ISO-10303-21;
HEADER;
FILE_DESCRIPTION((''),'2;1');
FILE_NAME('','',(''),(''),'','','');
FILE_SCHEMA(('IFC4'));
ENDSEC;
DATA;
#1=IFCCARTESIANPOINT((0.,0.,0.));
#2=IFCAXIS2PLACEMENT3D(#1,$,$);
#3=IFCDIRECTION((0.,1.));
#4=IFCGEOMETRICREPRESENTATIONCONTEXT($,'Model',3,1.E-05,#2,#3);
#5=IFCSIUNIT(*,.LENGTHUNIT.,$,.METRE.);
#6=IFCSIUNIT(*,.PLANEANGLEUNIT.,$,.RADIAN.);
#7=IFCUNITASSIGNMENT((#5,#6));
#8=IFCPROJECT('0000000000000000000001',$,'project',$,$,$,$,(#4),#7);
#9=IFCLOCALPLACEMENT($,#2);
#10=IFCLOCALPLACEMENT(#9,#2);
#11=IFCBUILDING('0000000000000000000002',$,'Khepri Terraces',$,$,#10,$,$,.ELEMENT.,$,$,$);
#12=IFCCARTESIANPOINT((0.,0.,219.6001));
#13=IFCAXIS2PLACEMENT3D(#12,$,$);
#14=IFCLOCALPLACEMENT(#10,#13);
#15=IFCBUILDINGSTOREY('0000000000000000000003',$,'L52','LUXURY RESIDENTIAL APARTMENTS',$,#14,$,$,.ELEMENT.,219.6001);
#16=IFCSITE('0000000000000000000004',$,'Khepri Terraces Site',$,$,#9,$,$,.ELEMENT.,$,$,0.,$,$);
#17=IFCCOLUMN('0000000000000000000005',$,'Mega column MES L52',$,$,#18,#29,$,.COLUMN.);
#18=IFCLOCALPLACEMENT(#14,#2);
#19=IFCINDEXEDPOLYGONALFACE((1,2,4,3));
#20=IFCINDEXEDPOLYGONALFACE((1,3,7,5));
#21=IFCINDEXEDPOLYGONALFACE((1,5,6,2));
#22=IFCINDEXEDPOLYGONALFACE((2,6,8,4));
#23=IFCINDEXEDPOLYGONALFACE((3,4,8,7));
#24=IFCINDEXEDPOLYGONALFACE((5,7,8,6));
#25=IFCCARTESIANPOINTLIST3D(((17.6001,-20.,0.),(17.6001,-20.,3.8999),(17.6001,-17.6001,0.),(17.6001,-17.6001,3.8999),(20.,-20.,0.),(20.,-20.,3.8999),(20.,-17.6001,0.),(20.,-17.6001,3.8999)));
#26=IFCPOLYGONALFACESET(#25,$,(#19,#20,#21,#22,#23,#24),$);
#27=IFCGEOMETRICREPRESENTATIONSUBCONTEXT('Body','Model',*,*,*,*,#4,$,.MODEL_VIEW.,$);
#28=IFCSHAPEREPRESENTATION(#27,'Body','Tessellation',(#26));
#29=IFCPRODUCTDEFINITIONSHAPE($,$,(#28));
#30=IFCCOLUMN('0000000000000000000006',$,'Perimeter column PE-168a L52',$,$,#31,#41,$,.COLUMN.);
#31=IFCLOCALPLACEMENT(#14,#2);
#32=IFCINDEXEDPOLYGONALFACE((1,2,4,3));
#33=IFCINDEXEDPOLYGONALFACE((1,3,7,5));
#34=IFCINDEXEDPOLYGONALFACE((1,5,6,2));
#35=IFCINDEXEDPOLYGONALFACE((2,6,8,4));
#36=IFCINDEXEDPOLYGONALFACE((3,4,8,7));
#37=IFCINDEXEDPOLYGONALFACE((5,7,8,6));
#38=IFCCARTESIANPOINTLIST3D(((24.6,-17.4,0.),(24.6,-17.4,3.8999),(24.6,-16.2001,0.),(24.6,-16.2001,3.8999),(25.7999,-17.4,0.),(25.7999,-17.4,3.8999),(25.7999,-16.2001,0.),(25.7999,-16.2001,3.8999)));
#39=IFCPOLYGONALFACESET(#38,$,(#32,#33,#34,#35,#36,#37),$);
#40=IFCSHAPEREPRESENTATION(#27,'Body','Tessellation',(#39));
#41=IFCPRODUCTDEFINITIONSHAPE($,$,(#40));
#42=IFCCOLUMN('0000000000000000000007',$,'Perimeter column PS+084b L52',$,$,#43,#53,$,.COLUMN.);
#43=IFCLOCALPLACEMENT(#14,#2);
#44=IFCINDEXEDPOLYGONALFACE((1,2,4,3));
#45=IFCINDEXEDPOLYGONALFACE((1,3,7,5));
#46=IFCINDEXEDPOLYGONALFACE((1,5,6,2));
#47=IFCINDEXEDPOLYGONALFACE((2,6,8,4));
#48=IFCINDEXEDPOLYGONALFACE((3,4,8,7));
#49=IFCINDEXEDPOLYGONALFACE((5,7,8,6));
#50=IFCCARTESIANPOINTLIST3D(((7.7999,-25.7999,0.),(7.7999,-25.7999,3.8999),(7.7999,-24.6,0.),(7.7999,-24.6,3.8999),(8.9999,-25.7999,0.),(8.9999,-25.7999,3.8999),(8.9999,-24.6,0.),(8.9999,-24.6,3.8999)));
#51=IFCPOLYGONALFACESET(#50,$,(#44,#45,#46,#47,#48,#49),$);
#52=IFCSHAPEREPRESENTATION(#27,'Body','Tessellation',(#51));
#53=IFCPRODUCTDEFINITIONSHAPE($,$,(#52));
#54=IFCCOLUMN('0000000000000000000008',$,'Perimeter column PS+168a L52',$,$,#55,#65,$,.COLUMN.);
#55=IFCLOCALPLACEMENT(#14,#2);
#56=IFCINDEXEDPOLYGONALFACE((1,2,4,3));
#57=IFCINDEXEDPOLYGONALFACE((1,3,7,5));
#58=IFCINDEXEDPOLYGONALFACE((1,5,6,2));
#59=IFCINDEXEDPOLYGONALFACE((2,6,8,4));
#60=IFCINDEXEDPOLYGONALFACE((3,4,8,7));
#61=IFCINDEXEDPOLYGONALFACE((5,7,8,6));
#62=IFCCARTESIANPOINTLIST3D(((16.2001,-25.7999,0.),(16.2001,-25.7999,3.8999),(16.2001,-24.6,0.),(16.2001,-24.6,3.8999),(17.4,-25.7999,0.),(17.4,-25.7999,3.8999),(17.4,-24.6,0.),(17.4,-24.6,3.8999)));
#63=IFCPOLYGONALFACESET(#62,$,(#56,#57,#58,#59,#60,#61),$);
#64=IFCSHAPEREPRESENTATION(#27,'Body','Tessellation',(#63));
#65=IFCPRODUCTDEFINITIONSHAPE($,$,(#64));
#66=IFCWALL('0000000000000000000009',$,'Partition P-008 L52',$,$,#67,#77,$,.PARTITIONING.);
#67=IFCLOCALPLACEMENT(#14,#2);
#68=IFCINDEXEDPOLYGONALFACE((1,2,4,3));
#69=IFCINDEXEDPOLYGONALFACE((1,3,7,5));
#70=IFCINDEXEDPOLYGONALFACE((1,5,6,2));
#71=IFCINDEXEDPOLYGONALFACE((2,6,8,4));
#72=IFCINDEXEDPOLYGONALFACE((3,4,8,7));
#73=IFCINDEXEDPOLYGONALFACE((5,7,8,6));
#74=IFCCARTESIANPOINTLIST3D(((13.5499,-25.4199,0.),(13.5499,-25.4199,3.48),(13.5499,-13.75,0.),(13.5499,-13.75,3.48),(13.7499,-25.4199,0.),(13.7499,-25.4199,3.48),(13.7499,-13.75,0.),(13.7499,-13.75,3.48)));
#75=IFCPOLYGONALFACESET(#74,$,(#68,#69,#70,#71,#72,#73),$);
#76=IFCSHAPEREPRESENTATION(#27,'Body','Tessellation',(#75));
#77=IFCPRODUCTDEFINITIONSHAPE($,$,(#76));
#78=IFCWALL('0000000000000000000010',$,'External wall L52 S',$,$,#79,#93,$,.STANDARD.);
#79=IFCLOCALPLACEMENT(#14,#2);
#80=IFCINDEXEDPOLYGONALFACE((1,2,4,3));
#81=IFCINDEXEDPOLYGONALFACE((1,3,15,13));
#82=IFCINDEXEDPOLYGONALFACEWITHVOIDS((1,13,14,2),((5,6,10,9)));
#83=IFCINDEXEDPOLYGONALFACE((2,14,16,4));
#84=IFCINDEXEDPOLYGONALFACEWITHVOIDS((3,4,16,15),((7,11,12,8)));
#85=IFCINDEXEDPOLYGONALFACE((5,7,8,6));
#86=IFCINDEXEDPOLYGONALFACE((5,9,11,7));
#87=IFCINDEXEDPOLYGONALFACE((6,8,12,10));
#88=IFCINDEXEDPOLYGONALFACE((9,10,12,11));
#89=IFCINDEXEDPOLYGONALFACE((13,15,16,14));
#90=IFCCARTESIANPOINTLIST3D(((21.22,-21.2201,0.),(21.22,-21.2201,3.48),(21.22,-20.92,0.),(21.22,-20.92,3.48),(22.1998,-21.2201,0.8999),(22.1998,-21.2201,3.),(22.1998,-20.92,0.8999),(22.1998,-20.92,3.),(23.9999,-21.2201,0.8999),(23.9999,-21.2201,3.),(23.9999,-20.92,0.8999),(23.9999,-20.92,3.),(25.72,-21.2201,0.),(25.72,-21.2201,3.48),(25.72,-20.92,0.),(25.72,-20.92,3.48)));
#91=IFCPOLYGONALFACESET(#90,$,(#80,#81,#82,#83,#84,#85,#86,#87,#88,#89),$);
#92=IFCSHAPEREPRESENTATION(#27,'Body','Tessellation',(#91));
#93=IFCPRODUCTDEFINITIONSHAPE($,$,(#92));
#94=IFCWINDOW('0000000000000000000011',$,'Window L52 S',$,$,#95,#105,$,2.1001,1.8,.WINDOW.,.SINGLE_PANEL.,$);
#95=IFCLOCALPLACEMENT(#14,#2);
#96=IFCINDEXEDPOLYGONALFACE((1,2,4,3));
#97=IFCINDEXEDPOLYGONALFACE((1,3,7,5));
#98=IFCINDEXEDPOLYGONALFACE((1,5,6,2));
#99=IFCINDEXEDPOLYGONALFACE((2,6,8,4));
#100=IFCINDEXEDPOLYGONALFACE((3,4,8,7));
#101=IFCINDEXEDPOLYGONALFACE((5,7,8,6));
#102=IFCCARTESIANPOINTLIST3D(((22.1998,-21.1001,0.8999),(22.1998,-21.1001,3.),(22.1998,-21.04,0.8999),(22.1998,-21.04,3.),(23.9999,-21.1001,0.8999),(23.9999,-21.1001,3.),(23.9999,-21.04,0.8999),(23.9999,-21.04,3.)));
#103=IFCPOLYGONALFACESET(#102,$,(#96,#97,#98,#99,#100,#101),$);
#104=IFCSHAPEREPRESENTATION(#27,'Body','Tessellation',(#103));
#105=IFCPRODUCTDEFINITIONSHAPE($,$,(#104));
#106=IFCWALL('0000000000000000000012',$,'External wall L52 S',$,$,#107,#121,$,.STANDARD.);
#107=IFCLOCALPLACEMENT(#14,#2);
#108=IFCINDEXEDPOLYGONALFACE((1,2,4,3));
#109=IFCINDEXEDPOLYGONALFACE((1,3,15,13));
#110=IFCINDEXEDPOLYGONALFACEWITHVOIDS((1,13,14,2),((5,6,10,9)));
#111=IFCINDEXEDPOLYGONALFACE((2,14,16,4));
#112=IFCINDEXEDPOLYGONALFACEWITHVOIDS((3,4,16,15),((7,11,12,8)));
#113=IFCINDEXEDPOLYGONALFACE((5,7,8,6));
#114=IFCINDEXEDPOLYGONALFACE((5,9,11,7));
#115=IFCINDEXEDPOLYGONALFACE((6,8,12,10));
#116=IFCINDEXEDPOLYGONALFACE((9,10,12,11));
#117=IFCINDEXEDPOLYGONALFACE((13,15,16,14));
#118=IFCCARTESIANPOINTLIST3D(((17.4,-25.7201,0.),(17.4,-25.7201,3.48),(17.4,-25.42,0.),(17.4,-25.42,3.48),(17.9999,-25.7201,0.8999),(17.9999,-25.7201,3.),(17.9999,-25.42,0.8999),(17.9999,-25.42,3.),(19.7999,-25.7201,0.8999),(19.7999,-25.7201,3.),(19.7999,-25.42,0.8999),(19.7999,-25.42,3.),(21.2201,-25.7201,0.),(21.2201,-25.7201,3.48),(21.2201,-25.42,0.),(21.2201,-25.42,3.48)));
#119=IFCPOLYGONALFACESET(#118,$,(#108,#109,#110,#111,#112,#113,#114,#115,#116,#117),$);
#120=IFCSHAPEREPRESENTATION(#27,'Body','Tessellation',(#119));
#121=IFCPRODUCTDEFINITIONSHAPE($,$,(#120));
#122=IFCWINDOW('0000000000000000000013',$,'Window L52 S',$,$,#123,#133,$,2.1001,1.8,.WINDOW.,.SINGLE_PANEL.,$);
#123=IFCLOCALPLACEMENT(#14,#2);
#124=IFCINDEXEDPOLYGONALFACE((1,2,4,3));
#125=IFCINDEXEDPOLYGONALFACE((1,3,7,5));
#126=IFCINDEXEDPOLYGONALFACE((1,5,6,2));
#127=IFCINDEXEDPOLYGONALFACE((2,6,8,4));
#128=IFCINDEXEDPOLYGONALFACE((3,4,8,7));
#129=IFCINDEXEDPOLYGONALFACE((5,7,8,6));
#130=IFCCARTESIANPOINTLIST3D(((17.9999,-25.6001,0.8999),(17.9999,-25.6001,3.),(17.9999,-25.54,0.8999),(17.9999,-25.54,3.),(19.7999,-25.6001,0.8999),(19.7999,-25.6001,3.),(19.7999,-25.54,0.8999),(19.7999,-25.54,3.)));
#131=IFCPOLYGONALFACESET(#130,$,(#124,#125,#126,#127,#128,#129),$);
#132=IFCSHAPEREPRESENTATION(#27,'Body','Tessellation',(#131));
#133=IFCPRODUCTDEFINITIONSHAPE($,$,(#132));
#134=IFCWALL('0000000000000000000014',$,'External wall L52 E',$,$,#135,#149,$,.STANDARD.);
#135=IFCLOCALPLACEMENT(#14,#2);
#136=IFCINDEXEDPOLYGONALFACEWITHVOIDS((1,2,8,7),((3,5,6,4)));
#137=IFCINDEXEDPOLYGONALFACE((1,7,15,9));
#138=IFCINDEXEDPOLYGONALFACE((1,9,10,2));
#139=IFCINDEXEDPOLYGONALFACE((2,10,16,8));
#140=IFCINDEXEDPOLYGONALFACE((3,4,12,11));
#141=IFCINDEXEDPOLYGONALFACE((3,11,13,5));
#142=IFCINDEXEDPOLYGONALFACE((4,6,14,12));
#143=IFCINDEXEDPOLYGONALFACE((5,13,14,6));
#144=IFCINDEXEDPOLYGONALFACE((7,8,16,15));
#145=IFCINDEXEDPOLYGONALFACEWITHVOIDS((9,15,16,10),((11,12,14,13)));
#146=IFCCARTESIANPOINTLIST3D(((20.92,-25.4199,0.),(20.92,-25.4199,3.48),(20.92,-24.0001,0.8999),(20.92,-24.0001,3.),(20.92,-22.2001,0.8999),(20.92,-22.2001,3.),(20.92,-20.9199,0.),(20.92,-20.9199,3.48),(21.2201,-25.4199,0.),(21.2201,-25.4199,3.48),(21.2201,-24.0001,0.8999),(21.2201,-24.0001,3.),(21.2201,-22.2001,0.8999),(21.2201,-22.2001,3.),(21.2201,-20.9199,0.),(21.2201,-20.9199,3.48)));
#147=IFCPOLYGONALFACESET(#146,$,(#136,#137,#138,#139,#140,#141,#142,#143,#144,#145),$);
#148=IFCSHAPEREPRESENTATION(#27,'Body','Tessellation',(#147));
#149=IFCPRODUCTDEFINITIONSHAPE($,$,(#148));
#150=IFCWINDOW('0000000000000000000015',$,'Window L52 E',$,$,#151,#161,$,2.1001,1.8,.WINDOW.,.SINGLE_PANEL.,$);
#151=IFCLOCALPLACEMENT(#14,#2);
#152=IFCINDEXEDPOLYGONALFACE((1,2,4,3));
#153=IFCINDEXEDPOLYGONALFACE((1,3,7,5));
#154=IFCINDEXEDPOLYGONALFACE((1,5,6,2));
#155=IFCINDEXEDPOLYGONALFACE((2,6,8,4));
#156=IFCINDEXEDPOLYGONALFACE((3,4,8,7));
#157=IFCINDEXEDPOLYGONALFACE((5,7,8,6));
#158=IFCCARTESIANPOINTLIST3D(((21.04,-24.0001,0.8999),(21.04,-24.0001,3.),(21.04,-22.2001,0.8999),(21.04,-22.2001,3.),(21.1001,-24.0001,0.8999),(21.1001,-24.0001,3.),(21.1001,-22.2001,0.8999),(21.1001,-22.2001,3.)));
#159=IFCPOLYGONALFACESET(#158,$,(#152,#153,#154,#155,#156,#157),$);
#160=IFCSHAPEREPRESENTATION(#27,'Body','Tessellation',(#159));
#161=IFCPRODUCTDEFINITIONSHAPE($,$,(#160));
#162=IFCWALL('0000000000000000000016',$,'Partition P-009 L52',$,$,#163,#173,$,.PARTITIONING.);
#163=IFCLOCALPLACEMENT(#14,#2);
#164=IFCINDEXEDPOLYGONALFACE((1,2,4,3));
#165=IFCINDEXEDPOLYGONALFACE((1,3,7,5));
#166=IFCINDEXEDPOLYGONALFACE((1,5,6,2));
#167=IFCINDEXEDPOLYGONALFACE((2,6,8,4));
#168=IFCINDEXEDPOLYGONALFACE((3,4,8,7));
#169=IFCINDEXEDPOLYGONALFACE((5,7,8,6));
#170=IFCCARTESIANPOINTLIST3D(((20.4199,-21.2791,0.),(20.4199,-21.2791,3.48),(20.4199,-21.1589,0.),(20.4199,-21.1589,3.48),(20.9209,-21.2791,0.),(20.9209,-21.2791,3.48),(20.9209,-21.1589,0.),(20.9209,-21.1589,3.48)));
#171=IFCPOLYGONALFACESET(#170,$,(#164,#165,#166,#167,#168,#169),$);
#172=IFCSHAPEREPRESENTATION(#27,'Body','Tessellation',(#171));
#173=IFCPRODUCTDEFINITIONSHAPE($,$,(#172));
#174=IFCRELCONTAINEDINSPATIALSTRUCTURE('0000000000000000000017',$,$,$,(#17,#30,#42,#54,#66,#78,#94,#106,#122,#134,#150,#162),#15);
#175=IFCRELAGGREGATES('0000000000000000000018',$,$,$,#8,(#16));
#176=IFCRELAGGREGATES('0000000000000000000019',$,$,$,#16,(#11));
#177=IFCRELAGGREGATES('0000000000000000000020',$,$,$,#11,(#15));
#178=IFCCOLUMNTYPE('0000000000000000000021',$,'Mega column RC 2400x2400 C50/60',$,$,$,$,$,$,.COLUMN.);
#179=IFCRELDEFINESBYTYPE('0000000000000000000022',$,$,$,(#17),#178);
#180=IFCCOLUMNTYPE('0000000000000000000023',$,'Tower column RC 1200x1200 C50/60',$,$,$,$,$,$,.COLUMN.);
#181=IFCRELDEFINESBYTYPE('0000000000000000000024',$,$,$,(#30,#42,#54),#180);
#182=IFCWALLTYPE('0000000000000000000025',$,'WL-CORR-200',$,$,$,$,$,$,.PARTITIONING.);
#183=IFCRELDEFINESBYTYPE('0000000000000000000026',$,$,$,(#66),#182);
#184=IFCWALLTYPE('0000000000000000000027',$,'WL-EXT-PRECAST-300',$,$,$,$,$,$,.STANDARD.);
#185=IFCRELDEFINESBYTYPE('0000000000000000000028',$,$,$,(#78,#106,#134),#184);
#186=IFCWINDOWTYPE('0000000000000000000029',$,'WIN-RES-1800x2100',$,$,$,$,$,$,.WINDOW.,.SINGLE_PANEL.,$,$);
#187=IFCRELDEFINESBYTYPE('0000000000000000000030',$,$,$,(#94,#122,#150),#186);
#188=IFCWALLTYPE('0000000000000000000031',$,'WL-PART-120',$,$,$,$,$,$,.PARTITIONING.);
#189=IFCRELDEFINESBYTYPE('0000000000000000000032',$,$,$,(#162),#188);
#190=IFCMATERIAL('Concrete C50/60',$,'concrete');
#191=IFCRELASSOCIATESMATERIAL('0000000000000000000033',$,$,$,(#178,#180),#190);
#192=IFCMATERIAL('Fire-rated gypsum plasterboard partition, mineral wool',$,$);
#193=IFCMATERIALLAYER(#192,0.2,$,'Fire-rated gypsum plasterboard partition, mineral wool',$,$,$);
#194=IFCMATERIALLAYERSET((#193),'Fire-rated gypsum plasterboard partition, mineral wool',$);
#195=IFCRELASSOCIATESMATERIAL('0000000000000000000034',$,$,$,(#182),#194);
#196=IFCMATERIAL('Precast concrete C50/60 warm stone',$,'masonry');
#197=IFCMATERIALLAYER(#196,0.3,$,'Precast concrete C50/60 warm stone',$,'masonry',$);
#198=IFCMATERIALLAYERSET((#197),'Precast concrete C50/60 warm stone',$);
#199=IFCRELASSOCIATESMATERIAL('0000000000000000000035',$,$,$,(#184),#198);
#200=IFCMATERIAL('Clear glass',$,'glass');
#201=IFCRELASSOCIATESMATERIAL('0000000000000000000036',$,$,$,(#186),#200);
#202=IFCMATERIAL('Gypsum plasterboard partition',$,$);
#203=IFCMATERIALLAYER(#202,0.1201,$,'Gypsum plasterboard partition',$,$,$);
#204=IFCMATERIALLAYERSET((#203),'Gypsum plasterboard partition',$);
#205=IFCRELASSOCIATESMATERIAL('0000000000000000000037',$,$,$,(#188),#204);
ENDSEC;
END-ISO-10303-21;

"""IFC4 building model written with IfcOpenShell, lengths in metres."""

from ifc_helpers import new_model, si_unit, direction, frame, frame_2d, origin, origin_2d, place, context, subcontext, project, spatial, rectangle, extrude, material, layer, layer_set, material_profile, profile_set, type_object, element, fill, save


model = new_model("IFC4")

# Units and contexts
model_context = context("Model", 3, precision=1e-05, world=origin(), true_north=direction((0.0, 1.0)))
body_context = subcontext(model_context, "Body", "Model", "MODEL_VIEW")
ifc_project = project(units=[si_unit("LENGTHUNIT", "METRE"), si_unit("PLANEANGLEUNIT", "RADIAN")], contexts=[model_context])

# Site, building, storey
site_placement = place(None, origin())
site = spatial("IfcSite", under=ifc_project, at=site_placement, Name="Khepri Terraces Site", CompositionType="ELEMENT", RefElevation=0.0)
building_placement = place(site_placement, origin())
building = spatial("IfcBuilding", under=site, at=building_placement, Name="Khepri Terraces", CompositionType="ELEMENT")
storey_placement = place(building_placement, frame((0.0, 0.0, 219.6001)))
storey = spatial("IfcBuildingStorey", under=building, at=storey_placement, Name="L52", Description="LUXURY RESIDENTIAL APARTMENTS", CompositionType="ELEMENT", Elevation=219.6001)

# Columns
ifc_material_1 = material(Name="Concrete C50/60", Category="concrete")
ifc_material_profile_1 = material_profile(ifc_material_1, rectangle(XDim=2.3999, YDim=2.3999, at=origin_2d()), Name="Concrete C50/60", Category="concrete")
ifc_profile_set_1 = profile_set([ifc_material_profile_1], Name="Concrete C50/60")
column_type_1 = type_object("IfcColumnType", Name="Mega column RC 2400x2400 C50/60", PredefinedType="COLUMN", material=ifc_profile_set_1)
column_placement = place(storey_placement, frame((18.8, -18.8, 0.0), z_axis=(0.0, 0.0, 1.0), x_axis=(1.0, 0.0, 0.0)))
element("IfcColumn", 1, at=column_placement, inside=storey, type_object=column_type_1, Name="Mega column MES L52", PredefinedType="COLUMN", context=body_context, shape_type="SweptSolid", body=[
    extrude(rectangle(XDim=2.3999, YDim=2.3999, at=origin_2d()), origin(), (0.0, 0.0, 1.0), 3.8999),
])
ifc_material_profile_2 = material_profile(ifc_material_1, rectangle(XDim=1.2, YDim=1.2, at=origin_2d()), Name="Concrete C50/60", Category="concrete")
ifc_profile_set_2 = profile_set([ifc_material_profile_2], Name="Concrete C50/60")
column_type_2 = type_object("IfcColumnType", Name="Tower column RC 1200x1200 C50/60", PredefinedType="COLUMN", material=ifc_profile_set_2)
for number, where, z_axis, x_axis, name in (
    (2, (25.2, -16.8, 0.0), (0.0, 0.0, 1.0), (1.0, 0.0, 0.0), "Perimeter column PE-168a L52"),
    (3, (8.3999, -25.2, 0.0), (0.0, 0.0, 1.0), (1.0, 0.0, 0.0), "Perimeter column PS+084b L52"),
    (4, (16.8, -25.2, 0.0), (0.0, 0.0, 1.0), (1.0, 0.0, 0.0), "Perimeter column PS+168a L52"),
):
    element("IfcColumn", number, at=place(storey_placement, frame(where, z_axis=z_axis, x_axis=x_axis)), inside=storey, type_object=column_type_2, Name=name, PredefinedType="COLUMN", context=body_context, shape_type="SweptSolid", body=[
        extrude(rectangle(XDim=1.2, YDim=1.2, at=origin_2d()), origin(), (0.0, 0.0, 1.0), 3.8999),
    ])

# Wall
ifc_material_2 = material(Name="Fire-rated gypsum plasterboard partition, mineral wool")
ifc_layer_1 = layer(ifc_material_2, 0.2, Name="Fire-rated gypsum plasterboard partition, mineral wool")
ifc_layer_set_1 = layer_set([ifc_layer_1], Name="Fire-rated gypsum plasterboard partition, mineral wool")
wall_type_1 = type_object("IfcWallType", Name="WL-CORR-200", PredefinedType="PARTITIONING", material=ifc_layer_set_1)
wall_1_placement = place(storey_placement, frame((13.6499, -25.4199, 0.0), z_axis=(0.0, 0.0, 1.0), x_axis=(0.0, 1.0, 0.0)))
element("IfcWall", 5, at=wall_1_placement, inside=storey, type_object=wall_type_1, Name="Partition P-008 L52", PredefinedType="PARTITIONING", context=body_context, shape_type="SweptSolid", body=[
    extrude(rectangle(XDim=11.6699, YDim=0.2, at=frame_2d((5.835, 0.0))), origin(), (0.0, 0.0, 1.0), 3.48),
])

# Wall, opening, window
ifc_material_3 = material(Name="Precast concrete C50/60 warm stone", Category="masonry")
ifc_layer_2 = layer(ifc_material_3, 0.3, Name="Precast concrete C50/60 warm stone", Category="masonry")
ifc_layer_set_2 = layer_set([ifc_layer_2], Name="Precast concrete C50/60 warm stone")
wall_type_2 = type_object("IfcWallType", Name="WL-EXT-PRECAST-300", PredefinedType="STANDARD", material=ifc_layer_set_2)
wall_2_placement = place(storey_placement, frame((21.22, -21.0701, 0.0), z_axis=(0.0, 0.0, 1.0), x_axis=(1.0, 0.0, 0.0)))
wall_2 = element("IfcWall", 6, at=wall_2_placement, inside=storey, type_object=wall_type_2, Name="External wall L52 S", PredefinedType="STANDARD", context=body_context, shape_type="SweptSolid", body=[
    extrude(rectangle(XDim=4.5, YDim=0.3, at=frame_2d((2.25, 0.0))), origin(), (0.0, 0.0, 1.0), 3.48),
])
opening_1_placement = place(wall_2_placement, frame((0.98, 0.0, 0.8999)))
opening_1 = element("IfcOpeningElement", 7, at=opening_1_placement, cuts=wall_2, PredefinedType="OPENING", context=body_context, shape_type="SweptSolid", body=[
    extrude(rectangle(XDim=1.8, YDim=2.1001, at=frame_2d((0.8999, 1.05))), frame((0.0, 0.1602, 0.0), z_axis=(0.0, -1.0, 0.0), x_axis=(1.0, 0.0, 0.0)), (0.0, 0.0, 1.0), 0.3201),
])
ifc_material_4 = material(Name="Clear glass", Category="glass")
window_type = type_object("IfcWindowType", Name="WIN-RES-1800x2100", PartitioningType="SINGLE_PANEL", PredefinedType="WINDOW", material=ifc_material_4)
window_1_placement = place(opening_1_placement, origin())
window_1 = element("IfcWindow", 8, at=window_1_placement, inside=storey, type_object=window_type, Name="Window L52 S", OverallHeight=2.1001, OverallWidth=1.8, PartitioningType="SINGLE_PANEL", PredefinedType="WINDOW", context=body_context, shape_type="SweptSolid", body=[
    extrude(rectangle(XDim=1.8, YDim=2.1001, at=frame_2d((0.8999, 1.05))), frame((0.0, 0.03, 0.0), z_axis=(0.0, -1.0, 0.0), x_axis=(1.0, 0.0, 0.0)), (0.0, 0.0, 1.0), 0.0601),
])
fill(opening_1, window_1)

# Walls, openings, windows
wall_3_placement = place(storey_placement, frame((17.3999, -25.5701, 0.0), z_axis=(0.0, 0.0, 1.0), x_axis=(1.0, 0.0, 0.0)))
wall_3 = element("IfcWall", 9, at=wall_3_placement, inside=storey, type_object=wall_type_2, Name="External wall L52 S", PredefinedType="STANDARD", context=body_context, shape_type="SweptSolid", body=[
    extrude(rectangle(XDim=3.8201, YDim=0.3, at=frame_2d((1.9102, 0.0))), origin(), (0.0, 0.0, 1.0), 3.48),
])
opening_2_placement = place(wall_3_placement, frame((0.6001, 0.0, 0.8999)))
opening_2 = element("IfcOpeningElement", 10, at=opening_2_placement, cuts=wall_3, PredefinedType="OPENING", context=body_context, shape_type="SweptSolid", body=[
    extrude(rectangle(XDim=1.8, YDim=2.1001, at=frame_2d((0.8999, 1.05))), frame((0.0, 0.1602, 0.0), z_axis=(0.0, -1.0, 0.0), x_axis=(1.0, 0.0, 0.0)), (0.0, 0.0, 1.0), 0.3201),
])
window_2_placement = place(opening_2_placement, origin())
window_2 = element("IfcWindow", 11, at=window_2_placement, inside=storey, type_object=window_type, Name="Window L52 S", OverallHeight=2.1001, OverallWidth=1.8, PartitioningType="SINGLE_PANEL", PredefinedType="WINDOW", context=body_context, shape_type="SweptSolid", body=[
    extrude(rectangle(XDim=1.8, YDim=2.1001, at=frame_2d((0.8999, 1.05))), frame((0.0, 0.03, 0.0), z_axis=(0.0, -1.0, 0.0), x_axis=(1.0, 0.0, 0.0)), (0.0, 0.0, 1.0), 0.0601),
])
fill(opening_2, window_2)
wall_4_placement = place(storey_placement, frame((21.0701, -25.4199, 0.0), z_axis=(0.0, 0.0, 1.0), x_axis=(0.0, 1.0, 0.0)))
wall_4 = element("IfcWall", 12, at=wall_4_placement, inside=storey, type_object=wall_type_2, Name="External wall L52 E", PredefinedType="STANDARD", context=body_context, shape_type="SweptSolid", body=[
    extrude(rectangle(XDim=4.5, YDim=0.3, at=frame_2d((2.25, 0.0))), origin(), (0.0, 0.0, 1.0), 3.48),
])
opening_3_placement = place(wall_4_placement, frame((1.4199, 0.0, 0.8999)))
opening_3 = element("IfcOpeningElement", 13, at=opening_3_placement, cuts=wall_4, PredefinedType="OPENING", context=body_context, shape_type="SweptSolid", body=[
    extrude(rectangle(XDim=1.8, YDim=2.1001, at=frame_2d((0.8999, 1.05))), frame((0.0, 0.1602, 0.0), z_axis=(0.0, -1.0, 0.0), x_axis=(1.0, 0.0, 0.0)), (0.0, 0.0, 1.0), 0.3201),
])
window_3_placement = place(opening_3_placement, origin())
window_3 = element("IfcWindow", 14, at=window_3_placement, inside=storey, type_object=window_type, Name="Window L52 E", OverallHeight=2.1001, OverallWidth=1.8, PartitioningType="SINGLE_PANEL", PredefinedType="WINDOW", context=body_context, shape_type="SweptSolid", body=[
    extrude(rectangle(XDim=1.8, YDim=2.1001, at=frame_2d((0.8999, 1.05))), frame((0.0, 0.03, 0.0), z_axis=(0.0, -1.0, 0.0), x_axis=(1.0, 0.0, 0.0)), (0.0, 0.0, 1.0), 0.0601),
])
fill(opening_3, window_3)

# Wall
ifc_material_5 = material(Name="Gypsum plasterboard partition")
ifc_layer_3 = layer(ifc_material_5, 0.1201, Name="Gypsum plasterboard partition")
ifc_layer_set_3 = layer_set([ifc_layer_3], Name="Gypsum plasterboard partition")
wall_type_3 = type_object("IfcWallType", Name="WL-PART-120", PredefinedType="PARTITIONING", material=ifc_layer_set_3)
wall_5_placement = place(storey_placement, frame((20.4199, -21.219, 0.0), z_axis=(0.0, 0.0, 1.0), x_axis=(1.0, 0.0, 0.0)))
element("IfcWall", 15, at=wall_5_placement, inside=storey, type_object=wall_type_3, Name="Partition P-009 L52", PredefinedType="PARTITIONING", context=body_context, shape_type="SweptSolid", body=[
    extrude(rectangle(XDim=0.501, YDim=0.1201, at=frame_2d((0.2505, 0.0))), origin(), (0.0, 0.0, 1.0), 3.48),
])

save(model, "model.ifc")
